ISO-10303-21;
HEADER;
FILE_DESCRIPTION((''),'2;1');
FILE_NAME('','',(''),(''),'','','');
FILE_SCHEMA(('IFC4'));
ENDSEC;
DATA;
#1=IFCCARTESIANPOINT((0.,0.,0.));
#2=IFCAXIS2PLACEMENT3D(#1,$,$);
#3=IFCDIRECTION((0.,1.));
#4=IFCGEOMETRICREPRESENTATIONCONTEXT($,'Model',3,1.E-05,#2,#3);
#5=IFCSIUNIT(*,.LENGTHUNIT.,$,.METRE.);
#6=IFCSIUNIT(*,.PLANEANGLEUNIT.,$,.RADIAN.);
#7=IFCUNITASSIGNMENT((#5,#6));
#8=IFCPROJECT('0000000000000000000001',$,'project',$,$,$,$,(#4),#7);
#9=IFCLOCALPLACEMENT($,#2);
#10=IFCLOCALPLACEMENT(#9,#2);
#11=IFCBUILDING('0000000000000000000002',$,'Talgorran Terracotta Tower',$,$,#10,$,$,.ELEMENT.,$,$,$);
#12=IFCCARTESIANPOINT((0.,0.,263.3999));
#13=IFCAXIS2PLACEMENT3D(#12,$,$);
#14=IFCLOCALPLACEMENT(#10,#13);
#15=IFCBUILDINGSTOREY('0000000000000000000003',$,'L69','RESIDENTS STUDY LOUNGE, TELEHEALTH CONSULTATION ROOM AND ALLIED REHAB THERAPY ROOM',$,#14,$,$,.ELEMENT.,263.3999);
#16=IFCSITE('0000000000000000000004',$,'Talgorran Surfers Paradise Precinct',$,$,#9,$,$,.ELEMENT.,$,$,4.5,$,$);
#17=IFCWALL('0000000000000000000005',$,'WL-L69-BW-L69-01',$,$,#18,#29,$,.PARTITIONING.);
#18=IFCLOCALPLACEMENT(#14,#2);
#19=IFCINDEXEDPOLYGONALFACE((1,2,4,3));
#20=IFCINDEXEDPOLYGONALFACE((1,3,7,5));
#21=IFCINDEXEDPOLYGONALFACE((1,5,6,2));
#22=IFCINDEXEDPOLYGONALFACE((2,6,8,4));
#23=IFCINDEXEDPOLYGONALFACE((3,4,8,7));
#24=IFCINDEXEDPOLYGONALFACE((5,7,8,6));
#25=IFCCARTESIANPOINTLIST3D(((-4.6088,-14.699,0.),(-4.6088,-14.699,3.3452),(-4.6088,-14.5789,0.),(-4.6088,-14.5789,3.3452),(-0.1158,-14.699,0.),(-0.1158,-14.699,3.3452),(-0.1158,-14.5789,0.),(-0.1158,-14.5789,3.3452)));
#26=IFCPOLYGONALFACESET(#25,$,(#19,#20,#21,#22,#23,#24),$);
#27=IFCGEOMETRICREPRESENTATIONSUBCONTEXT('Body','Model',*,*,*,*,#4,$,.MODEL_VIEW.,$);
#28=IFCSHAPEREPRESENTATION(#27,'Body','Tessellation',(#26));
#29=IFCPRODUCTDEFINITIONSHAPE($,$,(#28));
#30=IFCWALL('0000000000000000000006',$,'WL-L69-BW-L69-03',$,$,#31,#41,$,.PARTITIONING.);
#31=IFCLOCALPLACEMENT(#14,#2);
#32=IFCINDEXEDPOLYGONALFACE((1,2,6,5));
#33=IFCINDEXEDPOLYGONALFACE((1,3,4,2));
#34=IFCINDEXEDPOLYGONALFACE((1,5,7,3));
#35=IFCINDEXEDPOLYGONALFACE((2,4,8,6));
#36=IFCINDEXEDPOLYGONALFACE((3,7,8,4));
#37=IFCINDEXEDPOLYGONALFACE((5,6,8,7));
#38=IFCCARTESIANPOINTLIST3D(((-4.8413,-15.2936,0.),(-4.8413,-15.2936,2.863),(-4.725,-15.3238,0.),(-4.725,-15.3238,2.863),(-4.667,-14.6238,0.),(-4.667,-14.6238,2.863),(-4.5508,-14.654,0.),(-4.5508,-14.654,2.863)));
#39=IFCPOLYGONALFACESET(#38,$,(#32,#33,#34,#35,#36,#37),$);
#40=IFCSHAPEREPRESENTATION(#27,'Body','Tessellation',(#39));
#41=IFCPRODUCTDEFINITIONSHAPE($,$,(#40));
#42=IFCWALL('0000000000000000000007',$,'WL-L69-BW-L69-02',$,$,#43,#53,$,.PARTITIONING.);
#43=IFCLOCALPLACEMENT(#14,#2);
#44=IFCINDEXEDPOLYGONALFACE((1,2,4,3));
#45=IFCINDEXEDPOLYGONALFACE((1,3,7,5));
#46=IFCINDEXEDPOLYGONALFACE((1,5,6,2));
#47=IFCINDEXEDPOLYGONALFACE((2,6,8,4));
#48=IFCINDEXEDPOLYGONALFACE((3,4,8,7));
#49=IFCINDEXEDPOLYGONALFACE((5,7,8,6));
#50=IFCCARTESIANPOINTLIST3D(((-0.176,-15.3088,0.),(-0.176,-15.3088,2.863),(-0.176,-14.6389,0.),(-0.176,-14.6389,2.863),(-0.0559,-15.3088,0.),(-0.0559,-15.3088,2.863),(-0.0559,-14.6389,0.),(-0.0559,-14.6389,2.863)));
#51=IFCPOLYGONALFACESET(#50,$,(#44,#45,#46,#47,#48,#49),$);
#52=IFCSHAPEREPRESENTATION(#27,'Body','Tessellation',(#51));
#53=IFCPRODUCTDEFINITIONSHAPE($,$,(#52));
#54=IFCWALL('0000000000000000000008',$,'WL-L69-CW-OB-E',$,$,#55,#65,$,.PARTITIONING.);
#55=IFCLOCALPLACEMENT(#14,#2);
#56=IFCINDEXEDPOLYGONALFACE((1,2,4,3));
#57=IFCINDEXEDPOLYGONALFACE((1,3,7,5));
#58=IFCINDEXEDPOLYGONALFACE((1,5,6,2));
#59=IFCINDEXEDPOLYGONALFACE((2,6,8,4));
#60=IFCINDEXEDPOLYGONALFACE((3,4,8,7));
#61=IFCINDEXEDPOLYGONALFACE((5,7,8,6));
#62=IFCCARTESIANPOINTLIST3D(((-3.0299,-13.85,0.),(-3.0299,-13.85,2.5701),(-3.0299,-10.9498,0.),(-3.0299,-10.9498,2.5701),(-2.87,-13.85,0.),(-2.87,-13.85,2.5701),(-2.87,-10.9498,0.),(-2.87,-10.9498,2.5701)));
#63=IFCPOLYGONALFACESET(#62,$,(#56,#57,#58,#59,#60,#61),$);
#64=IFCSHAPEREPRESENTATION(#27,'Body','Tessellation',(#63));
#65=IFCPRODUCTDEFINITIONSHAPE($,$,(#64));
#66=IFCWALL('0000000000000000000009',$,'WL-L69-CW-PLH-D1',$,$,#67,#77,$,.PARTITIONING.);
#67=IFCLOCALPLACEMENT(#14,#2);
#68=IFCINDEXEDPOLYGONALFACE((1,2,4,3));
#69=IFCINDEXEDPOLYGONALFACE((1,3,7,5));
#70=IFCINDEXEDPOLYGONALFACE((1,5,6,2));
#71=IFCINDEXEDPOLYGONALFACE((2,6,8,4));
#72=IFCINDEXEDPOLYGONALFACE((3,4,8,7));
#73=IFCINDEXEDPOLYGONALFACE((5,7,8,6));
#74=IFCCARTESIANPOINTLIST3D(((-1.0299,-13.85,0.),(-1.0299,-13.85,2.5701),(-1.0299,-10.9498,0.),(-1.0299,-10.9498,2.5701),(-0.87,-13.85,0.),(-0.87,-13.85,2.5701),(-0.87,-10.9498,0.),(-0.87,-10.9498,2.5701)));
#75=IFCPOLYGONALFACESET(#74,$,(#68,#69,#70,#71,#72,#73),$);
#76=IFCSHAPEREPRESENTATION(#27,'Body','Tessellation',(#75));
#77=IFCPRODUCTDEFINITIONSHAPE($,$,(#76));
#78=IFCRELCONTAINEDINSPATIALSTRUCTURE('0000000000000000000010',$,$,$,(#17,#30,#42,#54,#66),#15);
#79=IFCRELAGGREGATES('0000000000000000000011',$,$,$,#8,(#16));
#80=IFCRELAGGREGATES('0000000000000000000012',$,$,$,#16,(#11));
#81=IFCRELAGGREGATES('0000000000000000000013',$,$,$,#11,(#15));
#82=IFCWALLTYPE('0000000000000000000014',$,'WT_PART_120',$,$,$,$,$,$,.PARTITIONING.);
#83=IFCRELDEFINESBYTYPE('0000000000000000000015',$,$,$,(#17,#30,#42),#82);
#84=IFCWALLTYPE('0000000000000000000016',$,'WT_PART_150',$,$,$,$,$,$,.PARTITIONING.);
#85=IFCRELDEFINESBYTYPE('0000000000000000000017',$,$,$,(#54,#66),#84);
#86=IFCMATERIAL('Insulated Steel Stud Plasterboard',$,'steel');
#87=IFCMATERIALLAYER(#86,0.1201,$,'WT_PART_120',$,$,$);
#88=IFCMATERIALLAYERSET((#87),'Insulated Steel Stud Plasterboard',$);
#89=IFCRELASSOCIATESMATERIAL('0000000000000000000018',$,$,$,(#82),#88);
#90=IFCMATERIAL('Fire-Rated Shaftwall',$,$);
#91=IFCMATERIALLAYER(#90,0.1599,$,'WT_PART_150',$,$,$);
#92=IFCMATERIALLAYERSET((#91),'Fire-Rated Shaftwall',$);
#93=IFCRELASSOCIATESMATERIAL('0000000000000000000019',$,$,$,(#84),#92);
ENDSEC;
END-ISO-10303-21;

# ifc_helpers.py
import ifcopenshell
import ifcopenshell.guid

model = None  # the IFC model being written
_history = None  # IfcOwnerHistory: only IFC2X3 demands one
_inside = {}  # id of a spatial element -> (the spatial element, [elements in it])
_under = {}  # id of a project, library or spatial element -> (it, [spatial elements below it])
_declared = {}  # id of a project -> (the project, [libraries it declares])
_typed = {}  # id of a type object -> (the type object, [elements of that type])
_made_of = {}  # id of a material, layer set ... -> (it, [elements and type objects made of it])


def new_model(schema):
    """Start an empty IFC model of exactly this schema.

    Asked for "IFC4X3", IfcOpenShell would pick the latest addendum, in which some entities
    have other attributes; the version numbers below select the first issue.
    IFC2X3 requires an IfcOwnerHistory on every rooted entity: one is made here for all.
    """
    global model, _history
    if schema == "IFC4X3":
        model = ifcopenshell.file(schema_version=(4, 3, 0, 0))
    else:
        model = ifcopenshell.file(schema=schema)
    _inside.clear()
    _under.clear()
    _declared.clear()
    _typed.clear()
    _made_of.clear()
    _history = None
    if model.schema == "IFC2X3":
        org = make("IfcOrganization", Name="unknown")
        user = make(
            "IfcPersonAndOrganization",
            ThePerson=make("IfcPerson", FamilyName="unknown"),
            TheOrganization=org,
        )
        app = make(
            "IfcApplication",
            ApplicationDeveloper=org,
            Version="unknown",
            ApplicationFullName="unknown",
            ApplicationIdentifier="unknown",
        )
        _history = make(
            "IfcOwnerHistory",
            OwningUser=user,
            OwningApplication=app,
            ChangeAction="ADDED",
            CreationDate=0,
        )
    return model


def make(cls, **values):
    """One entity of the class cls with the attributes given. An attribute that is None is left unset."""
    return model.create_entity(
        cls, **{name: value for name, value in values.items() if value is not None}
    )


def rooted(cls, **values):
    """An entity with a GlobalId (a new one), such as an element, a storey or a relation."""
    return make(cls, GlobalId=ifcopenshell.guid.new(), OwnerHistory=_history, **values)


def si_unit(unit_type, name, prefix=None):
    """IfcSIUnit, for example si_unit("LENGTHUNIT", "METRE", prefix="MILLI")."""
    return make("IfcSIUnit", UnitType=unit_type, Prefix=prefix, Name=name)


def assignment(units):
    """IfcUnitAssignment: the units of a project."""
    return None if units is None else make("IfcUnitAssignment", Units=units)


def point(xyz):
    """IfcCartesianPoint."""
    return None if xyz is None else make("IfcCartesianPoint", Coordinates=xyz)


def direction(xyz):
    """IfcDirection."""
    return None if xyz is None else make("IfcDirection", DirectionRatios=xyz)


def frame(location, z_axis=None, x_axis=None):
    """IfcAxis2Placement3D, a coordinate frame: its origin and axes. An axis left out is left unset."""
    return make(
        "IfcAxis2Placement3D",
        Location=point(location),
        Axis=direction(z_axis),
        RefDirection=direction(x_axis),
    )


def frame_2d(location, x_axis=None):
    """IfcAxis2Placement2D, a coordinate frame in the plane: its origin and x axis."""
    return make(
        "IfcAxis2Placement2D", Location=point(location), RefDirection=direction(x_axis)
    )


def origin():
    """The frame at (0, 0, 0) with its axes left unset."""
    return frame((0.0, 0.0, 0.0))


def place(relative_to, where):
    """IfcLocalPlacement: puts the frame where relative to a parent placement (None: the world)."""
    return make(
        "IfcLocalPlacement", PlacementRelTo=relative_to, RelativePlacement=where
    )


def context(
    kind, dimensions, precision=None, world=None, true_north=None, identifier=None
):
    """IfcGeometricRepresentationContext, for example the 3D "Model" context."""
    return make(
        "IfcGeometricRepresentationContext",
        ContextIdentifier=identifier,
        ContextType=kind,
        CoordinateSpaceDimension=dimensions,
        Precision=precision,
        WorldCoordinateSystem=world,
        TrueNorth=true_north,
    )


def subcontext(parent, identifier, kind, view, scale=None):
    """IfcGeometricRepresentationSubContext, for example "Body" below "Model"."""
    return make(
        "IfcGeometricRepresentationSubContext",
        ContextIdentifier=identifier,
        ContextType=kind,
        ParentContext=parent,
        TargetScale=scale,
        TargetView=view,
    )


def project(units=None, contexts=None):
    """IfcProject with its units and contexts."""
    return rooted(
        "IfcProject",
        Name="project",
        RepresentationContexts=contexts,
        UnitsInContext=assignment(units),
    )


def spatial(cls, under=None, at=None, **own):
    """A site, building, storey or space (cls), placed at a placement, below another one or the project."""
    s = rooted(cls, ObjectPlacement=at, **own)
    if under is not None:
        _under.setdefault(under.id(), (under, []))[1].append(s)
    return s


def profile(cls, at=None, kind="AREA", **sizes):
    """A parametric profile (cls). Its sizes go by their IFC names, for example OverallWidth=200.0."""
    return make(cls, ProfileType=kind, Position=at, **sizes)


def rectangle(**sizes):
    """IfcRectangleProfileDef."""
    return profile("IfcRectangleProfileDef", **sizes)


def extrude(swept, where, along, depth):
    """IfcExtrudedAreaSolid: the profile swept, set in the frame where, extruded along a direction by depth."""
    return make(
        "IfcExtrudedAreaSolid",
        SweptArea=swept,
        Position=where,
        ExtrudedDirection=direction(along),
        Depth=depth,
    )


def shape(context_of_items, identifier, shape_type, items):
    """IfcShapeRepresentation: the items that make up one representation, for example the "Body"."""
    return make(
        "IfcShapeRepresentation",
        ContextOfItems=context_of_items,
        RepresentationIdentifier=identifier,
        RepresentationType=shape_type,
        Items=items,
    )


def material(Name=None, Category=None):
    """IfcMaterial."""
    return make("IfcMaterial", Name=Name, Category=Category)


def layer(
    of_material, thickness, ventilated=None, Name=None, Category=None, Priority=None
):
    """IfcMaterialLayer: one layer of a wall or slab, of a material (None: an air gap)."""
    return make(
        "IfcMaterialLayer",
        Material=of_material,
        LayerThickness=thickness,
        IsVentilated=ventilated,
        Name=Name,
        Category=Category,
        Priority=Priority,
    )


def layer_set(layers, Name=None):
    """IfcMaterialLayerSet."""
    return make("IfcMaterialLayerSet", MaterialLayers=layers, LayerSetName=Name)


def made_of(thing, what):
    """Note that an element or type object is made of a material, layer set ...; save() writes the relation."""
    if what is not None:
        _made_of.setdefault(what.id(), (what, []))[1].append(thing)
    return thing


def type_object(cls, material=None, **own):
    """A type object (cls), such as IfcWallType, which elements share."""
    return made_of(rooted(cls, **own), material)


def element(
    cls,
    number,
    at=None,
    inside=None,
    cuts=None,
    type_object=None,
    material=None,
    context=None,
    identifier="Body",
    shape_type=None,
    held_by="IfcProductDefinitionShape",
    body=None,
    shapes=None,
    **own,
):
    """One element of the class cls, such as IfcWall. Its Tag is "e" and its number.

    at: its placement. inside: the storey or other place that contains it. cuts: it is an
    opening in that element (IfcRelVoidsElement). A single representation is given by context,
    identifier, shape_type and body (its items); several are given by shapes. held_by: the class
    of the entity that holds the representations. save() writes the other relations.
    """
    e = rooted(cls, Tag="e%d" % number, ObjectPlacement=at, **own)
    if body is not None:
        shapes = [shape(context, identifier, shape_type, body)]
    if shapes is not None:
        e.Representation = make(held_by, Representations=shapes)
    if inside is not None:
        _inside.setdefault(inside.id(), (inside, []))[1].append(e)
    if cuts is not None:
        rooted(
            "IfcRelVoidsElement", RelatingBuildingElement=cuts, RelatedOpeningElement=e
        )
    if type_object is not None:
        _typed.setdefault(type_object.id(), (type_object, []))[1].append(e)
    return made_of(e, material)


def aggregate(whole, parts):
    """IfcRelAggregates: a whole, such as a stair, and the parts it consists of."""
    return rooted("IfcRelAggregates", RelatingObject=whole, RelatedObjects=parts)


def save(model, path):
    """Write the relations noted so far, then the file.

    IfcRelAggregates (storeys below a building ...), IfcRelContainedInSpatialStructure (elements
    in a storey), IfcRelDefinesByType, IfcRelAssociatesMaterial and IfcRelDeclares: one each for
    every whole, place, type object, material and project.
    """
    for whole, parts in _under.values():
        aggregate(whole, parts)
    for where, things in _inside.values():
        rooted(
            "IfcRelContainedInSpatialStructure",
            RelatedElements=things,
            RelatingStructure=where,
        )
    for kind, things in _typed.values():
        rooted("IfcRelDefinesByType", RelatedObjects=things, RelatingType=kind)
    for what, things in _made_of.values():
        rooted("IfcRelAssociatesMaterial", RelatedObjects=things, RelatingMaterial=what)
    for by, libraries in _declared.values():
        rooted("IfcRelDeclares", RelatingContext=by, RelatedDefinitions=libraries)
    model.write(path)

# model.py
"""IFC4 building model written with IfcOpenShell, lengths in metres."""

from ifc_helpers import new_model, si_unit, direction, frame, frame_2d, origin, place, context, subcontext, project, spatial, rectangle, extrude, material, layer, layer_set, type_object, element, save


model = new_model("IFC4")

# Units and contexts
model_context = context("Model", 3, precision=1e-05, world=origin(), true_north=direction((0.0, 1.0)))
body_context = subcontext(model_context, "Body", "Model", "MODEL_VIEW")
ifc_project = project(units=[si_unit("LENGTHUNIT", "METRE"), si_unit("PLANEANGLEUNIT", "RADIAN")], contexts=[model_context])

# Site, building, storey
site_placement = place(None, origin())
site = spatial("IfcSite", under=ifc_project, at=site_placement, Name="Talgorran Surfers Paradise Precinct", CompositionType="ELEMENT", RefElevation=4.5)
building_placement = place(site_placement, origin())
building = spatial("IfcBuilding", under=site, at=building_placement, Name="Talgorran Terracotta Tower", CompositionType="ELEMENT")
storey_placement = place(building_placement, frame((0.0, 0.0, 263.3999)))
storey = spatial("IfcBuildingStorey", under=building, at=storey_placement, Name="L69", Description="RESIDENTS STUDY LOUNGE, TELEHEALTH CONSULTATION ROOM AND ALLIED REHAB THERAPY ROOM", CompositionType="ELEMENT", Elevation=263.3999)

# Walls
ifc_material_1 = material(Name="Insulated Steel Stud Plasterboard", Category="steel")
ifc_layer_1 = layer(ifc_material_1, 0.1201, Name="WT_PART_120")
ifc_layer_set_1 = layer_set([ifc_layer_1], Name="Insulated Steel Stud Plasterboard")
wall_type_1 = type_object("IfcWallType", Name="WT_PART_120", PredefinedType="PARTITIONING", material=ifc_layer_set_1)
wall_1_placement = place(storey_placement, frame((-4.6089, -14.6389, 0.0), z_axis=(0.0, 0.0, 1.0), x_axis=(1.0, 0.0, 0.0)))
element("IfcWall", 1, at=wall_1_placement, inside=storey, type_object=wall_type_1, Name="WL-L69-BW-L69-01", PredefinedType="PARTITIONING", context=body_context, shape_type="SweptSolid", body=[
    extrude(rectangle(XDim=4.4929, YDim=0.1201, at=frame_2d((2.2466, 0.0))), origin(), (0.0, 0.0, 1.0), 3.3452),
])
wall_2_placement = place(storey_placement, frame((-4.7832, -15.3088, 0.0), z_axis=(0.0, 0.0, 1.0), x_axis=(0.251819, 0.967774, 0.0)))
element("IfcWall", 2, at=wall_2_placement, inside=storey, type_object=wall_type_1, Name="WL-L69-BW-L69-03", PredefinedType="PARTITIONING", context=body_context, shape_type="SweptSolid", body=[
    extrude(rectangle(XDim=0.6921, YDim=0.1201, at=frame_2d((0.3462, 0.0))), origin(), (0.0, 0.0, 1.0), 2.863),
])
wall_3_placement = place(storey_placement, frame((-0.116, -14.6389, 0.0), z_axis=(0.0, 0.0, 1.0), x_axis=(0.0, -1.0, 0.0)))
element("IfcWall", 3, at=wall_3_placement, inside=storey, type_object=wall_type_1, Name="WL-L69-BW-L69-02", PredefinedType="PARTITIONING", context=body_context, shape_type="SweptSolid", body=[
    extrude(rectangle(XDim=0.6699, YDim=0.1201, at=frame_2d((0.335, 0.0))), origin(), (0.0, 0.0, 1.0), 2.863),
])
ifc_material_2 = material(Name="Fire-Rated Shaftwall")
ifc_layer_2 = layer(ifc_material_2, 0.1599, Name="WT_PART_150")
ifc_layer_set_2 = layer_set([ifc_layer_2], Name="Fire-Rated Shaftwall")
wall_type_2 = type_object("IfcWallType", Name="WT_PART_150", PredefinedType="PARTITIONING", material=ifc_layer_set_2)
for number, where, z_axis, x_axis, name in (
    (4, (-2.95, -13.8501, 0.0), (0.0, 0.0, 1.0), (0.0, 1.0, 0.0), "WL-L69-CW-OB-E"),
    (5, (-0.95, -13.8501, 0.0), (0.0, 0.0, 1.0), (0.0, 1.0, 0.0), "WL-L69-CW-PLH-D1"),
):
    element("IfcWall", number, at=place(storey_placement, frame(where, z_axis=z_axis, x_axis=x_axis)), inside=storey, type_object=wall_type_2, Name=name, PredefinedType="PARTITIONING", context=body_context, shape_type="SweptSolid", body=[
        extrude(rectangle(XDim=2.9001, YDim=0.1599, at=frame_2d((1.4502, 0.0))), origin(), (0.0, 0.0, 1.0), 2.5701),
    ])

save(model, "model.ifc")
